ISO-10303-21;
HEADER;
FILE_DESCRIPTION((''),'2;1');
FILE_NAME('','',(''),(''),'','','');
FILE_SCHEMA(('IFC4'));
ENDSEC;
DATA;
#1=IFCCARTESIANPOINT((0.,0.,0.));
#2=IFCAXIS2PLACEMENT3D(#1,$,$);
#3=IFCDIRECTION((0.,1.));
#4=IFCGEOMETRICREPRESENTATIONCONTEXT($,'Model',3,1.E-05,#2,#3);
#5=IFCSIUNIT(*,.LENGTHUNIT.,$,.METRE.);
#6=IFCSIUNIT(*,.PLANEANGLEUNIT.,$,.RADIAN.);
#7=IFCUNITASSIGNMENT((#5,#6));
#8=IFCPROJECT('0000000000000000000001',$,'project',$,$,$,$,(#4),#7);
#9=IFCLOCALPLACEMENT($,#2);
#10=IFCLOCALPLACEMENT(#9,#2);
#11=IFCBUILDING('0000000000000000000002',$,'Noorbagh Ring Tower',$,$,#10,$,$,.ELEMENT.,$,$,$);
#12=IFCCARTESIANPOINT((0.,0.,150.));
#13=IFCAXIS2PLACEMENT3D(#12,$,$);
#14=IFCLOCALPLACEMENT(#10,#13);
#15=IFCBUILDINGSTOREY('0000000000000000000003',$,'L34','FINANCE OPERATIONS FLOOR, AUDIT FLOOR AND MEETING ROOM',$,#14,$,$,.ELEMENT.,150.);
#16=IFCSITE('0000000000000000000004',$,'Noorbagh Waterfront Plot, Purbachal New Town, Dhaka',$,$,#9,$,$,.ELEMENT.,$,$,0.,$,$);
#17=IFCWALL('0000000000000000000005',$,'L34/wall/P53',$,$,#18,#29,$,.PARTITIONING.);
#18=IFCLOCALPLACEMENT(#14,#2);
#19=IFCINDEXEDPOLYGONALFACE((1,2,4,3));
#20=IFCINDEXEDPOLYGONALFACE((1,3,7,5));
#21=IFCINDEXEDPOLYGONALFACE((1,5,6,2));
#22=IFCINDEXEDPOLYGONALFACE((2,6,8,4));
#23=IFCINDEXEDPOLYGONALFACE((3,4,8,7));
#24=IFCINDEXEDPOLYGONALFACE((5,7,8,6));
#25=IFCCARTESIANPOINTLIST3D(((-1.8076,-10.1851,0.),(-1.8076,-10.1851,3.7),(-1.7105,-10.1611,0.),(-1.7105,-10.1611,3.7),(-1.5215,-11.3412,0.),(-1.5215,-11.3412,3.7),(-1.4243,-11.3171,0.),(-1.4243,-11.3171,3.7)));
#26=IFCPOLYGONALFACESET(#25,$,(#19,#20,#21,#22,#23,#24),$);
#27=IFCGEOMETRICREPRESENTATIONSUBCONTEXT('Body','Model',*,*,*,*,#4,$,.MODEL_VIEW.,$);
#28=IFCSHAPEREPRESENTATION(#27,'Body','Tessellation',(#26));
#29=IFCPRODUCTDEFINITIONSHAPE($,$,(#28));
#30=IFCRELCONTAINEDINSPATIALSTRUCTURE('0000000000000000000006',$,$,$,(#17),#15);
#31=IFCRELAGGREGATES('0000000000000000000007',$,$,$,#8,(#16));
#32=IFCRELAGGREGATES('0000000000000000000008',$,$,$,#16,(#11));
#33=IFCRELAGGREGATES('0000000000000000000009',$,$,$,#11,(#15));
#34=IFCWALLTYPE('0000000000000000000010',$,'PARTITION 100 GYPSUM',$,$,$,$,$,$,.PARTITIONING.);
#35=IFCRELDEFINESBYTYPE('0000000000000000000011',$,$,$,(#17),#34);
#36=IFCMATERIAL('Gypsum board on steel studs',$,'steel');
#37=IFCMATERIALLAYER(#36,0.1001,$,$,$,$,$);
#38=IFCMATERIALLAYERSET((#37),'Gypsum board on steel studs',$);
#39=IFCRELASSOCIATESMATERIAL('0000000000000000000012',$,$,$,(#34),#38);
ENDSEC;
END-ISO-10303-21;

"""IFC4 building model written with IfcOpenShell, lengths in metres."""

from ifc_helpers import new_model, si_unit, direction, frame, frame_2d, origin, place, context, subcontext, project, spatial, rectangle, extrude, material, layer, layer_set, type_object, element, save


model = new_model("IFC4")

# Units and contexts
model_context = context("Model", 3, precision=1e-05, world=origin(), true_north=direction((0.0, 1.0)))
body_context = subcontext(model_context, "Body", "Model", "MODEL_VIEW")
ifc_project = project(units=[si_unit("LENGTHUNIT", "METRE"), si_unit("PLANEANGLEUNIT", "RADIAN")], contexts=[model_context])

# Site, building, storey
site_placement = place(None, origin())
site = spatial("IfcSite", under=ifc_project, at=site_placement, Name="Noorbagh Waterfront Plot, Purbachal New Town, Dhaka", CompositionType="ELEMENT", RefElevation=0.0)
building_placement = place(site_placement, origin())
building = spatial("IfcBuilding", under=site, at=building_placement, Name="Noorbagh Ring Tower", CompositionType="ELEMENT")
storey_placement = place(building_placement, frame((0.0, 0.0, 150.0)))
storey = spatial("IfcBuildingStorey", under=building, at=storey_placement, Name="L34", Description="FINANCE OPERATIONS FLOOR, AUDIT FLOOR AND MEETING ROOM", CompositionType="ELEMENT", Elevation=150.0)

# Wall
ifc_material_1 = material(Name="Gypsum board on steel studs", Category="steel")
ifc_layer_1 = layer(ifc_material_1, 0.1001)
ifc_layer_set_1 = layer_set([ifc_layer_1], Name="Gypsum board on steel studs")
wall_type_1 = type_object("IfcWallType", Name="PARTITION 100 GYPSUM", PredefinedType="PARTITIONING", material=ifc_layer_set_1)
wall_1_placement = place(storey_placement, frame((-1.759, -10.1731, 0.0), z_axis=(0.0, 0.0, 1.0), x_axis=(0.240268, -0.970707, 0.0)))
element("IfcWall", 1, at=wall_1_placement, inside=storey, type_object=wall_type_1, Name="L34/wall/P53", PredefinedType="PARTITIONING", context=body_context, shape_type="SweptSolid", body=[
    extrude(rectangle(XDim=1.1909, YDim=0.1001, at=frame_2d((0.5955, 0.0))), origin(), (0.0, 0.0, 1.0), 3.7),
])

save(model, "model.ifc")
